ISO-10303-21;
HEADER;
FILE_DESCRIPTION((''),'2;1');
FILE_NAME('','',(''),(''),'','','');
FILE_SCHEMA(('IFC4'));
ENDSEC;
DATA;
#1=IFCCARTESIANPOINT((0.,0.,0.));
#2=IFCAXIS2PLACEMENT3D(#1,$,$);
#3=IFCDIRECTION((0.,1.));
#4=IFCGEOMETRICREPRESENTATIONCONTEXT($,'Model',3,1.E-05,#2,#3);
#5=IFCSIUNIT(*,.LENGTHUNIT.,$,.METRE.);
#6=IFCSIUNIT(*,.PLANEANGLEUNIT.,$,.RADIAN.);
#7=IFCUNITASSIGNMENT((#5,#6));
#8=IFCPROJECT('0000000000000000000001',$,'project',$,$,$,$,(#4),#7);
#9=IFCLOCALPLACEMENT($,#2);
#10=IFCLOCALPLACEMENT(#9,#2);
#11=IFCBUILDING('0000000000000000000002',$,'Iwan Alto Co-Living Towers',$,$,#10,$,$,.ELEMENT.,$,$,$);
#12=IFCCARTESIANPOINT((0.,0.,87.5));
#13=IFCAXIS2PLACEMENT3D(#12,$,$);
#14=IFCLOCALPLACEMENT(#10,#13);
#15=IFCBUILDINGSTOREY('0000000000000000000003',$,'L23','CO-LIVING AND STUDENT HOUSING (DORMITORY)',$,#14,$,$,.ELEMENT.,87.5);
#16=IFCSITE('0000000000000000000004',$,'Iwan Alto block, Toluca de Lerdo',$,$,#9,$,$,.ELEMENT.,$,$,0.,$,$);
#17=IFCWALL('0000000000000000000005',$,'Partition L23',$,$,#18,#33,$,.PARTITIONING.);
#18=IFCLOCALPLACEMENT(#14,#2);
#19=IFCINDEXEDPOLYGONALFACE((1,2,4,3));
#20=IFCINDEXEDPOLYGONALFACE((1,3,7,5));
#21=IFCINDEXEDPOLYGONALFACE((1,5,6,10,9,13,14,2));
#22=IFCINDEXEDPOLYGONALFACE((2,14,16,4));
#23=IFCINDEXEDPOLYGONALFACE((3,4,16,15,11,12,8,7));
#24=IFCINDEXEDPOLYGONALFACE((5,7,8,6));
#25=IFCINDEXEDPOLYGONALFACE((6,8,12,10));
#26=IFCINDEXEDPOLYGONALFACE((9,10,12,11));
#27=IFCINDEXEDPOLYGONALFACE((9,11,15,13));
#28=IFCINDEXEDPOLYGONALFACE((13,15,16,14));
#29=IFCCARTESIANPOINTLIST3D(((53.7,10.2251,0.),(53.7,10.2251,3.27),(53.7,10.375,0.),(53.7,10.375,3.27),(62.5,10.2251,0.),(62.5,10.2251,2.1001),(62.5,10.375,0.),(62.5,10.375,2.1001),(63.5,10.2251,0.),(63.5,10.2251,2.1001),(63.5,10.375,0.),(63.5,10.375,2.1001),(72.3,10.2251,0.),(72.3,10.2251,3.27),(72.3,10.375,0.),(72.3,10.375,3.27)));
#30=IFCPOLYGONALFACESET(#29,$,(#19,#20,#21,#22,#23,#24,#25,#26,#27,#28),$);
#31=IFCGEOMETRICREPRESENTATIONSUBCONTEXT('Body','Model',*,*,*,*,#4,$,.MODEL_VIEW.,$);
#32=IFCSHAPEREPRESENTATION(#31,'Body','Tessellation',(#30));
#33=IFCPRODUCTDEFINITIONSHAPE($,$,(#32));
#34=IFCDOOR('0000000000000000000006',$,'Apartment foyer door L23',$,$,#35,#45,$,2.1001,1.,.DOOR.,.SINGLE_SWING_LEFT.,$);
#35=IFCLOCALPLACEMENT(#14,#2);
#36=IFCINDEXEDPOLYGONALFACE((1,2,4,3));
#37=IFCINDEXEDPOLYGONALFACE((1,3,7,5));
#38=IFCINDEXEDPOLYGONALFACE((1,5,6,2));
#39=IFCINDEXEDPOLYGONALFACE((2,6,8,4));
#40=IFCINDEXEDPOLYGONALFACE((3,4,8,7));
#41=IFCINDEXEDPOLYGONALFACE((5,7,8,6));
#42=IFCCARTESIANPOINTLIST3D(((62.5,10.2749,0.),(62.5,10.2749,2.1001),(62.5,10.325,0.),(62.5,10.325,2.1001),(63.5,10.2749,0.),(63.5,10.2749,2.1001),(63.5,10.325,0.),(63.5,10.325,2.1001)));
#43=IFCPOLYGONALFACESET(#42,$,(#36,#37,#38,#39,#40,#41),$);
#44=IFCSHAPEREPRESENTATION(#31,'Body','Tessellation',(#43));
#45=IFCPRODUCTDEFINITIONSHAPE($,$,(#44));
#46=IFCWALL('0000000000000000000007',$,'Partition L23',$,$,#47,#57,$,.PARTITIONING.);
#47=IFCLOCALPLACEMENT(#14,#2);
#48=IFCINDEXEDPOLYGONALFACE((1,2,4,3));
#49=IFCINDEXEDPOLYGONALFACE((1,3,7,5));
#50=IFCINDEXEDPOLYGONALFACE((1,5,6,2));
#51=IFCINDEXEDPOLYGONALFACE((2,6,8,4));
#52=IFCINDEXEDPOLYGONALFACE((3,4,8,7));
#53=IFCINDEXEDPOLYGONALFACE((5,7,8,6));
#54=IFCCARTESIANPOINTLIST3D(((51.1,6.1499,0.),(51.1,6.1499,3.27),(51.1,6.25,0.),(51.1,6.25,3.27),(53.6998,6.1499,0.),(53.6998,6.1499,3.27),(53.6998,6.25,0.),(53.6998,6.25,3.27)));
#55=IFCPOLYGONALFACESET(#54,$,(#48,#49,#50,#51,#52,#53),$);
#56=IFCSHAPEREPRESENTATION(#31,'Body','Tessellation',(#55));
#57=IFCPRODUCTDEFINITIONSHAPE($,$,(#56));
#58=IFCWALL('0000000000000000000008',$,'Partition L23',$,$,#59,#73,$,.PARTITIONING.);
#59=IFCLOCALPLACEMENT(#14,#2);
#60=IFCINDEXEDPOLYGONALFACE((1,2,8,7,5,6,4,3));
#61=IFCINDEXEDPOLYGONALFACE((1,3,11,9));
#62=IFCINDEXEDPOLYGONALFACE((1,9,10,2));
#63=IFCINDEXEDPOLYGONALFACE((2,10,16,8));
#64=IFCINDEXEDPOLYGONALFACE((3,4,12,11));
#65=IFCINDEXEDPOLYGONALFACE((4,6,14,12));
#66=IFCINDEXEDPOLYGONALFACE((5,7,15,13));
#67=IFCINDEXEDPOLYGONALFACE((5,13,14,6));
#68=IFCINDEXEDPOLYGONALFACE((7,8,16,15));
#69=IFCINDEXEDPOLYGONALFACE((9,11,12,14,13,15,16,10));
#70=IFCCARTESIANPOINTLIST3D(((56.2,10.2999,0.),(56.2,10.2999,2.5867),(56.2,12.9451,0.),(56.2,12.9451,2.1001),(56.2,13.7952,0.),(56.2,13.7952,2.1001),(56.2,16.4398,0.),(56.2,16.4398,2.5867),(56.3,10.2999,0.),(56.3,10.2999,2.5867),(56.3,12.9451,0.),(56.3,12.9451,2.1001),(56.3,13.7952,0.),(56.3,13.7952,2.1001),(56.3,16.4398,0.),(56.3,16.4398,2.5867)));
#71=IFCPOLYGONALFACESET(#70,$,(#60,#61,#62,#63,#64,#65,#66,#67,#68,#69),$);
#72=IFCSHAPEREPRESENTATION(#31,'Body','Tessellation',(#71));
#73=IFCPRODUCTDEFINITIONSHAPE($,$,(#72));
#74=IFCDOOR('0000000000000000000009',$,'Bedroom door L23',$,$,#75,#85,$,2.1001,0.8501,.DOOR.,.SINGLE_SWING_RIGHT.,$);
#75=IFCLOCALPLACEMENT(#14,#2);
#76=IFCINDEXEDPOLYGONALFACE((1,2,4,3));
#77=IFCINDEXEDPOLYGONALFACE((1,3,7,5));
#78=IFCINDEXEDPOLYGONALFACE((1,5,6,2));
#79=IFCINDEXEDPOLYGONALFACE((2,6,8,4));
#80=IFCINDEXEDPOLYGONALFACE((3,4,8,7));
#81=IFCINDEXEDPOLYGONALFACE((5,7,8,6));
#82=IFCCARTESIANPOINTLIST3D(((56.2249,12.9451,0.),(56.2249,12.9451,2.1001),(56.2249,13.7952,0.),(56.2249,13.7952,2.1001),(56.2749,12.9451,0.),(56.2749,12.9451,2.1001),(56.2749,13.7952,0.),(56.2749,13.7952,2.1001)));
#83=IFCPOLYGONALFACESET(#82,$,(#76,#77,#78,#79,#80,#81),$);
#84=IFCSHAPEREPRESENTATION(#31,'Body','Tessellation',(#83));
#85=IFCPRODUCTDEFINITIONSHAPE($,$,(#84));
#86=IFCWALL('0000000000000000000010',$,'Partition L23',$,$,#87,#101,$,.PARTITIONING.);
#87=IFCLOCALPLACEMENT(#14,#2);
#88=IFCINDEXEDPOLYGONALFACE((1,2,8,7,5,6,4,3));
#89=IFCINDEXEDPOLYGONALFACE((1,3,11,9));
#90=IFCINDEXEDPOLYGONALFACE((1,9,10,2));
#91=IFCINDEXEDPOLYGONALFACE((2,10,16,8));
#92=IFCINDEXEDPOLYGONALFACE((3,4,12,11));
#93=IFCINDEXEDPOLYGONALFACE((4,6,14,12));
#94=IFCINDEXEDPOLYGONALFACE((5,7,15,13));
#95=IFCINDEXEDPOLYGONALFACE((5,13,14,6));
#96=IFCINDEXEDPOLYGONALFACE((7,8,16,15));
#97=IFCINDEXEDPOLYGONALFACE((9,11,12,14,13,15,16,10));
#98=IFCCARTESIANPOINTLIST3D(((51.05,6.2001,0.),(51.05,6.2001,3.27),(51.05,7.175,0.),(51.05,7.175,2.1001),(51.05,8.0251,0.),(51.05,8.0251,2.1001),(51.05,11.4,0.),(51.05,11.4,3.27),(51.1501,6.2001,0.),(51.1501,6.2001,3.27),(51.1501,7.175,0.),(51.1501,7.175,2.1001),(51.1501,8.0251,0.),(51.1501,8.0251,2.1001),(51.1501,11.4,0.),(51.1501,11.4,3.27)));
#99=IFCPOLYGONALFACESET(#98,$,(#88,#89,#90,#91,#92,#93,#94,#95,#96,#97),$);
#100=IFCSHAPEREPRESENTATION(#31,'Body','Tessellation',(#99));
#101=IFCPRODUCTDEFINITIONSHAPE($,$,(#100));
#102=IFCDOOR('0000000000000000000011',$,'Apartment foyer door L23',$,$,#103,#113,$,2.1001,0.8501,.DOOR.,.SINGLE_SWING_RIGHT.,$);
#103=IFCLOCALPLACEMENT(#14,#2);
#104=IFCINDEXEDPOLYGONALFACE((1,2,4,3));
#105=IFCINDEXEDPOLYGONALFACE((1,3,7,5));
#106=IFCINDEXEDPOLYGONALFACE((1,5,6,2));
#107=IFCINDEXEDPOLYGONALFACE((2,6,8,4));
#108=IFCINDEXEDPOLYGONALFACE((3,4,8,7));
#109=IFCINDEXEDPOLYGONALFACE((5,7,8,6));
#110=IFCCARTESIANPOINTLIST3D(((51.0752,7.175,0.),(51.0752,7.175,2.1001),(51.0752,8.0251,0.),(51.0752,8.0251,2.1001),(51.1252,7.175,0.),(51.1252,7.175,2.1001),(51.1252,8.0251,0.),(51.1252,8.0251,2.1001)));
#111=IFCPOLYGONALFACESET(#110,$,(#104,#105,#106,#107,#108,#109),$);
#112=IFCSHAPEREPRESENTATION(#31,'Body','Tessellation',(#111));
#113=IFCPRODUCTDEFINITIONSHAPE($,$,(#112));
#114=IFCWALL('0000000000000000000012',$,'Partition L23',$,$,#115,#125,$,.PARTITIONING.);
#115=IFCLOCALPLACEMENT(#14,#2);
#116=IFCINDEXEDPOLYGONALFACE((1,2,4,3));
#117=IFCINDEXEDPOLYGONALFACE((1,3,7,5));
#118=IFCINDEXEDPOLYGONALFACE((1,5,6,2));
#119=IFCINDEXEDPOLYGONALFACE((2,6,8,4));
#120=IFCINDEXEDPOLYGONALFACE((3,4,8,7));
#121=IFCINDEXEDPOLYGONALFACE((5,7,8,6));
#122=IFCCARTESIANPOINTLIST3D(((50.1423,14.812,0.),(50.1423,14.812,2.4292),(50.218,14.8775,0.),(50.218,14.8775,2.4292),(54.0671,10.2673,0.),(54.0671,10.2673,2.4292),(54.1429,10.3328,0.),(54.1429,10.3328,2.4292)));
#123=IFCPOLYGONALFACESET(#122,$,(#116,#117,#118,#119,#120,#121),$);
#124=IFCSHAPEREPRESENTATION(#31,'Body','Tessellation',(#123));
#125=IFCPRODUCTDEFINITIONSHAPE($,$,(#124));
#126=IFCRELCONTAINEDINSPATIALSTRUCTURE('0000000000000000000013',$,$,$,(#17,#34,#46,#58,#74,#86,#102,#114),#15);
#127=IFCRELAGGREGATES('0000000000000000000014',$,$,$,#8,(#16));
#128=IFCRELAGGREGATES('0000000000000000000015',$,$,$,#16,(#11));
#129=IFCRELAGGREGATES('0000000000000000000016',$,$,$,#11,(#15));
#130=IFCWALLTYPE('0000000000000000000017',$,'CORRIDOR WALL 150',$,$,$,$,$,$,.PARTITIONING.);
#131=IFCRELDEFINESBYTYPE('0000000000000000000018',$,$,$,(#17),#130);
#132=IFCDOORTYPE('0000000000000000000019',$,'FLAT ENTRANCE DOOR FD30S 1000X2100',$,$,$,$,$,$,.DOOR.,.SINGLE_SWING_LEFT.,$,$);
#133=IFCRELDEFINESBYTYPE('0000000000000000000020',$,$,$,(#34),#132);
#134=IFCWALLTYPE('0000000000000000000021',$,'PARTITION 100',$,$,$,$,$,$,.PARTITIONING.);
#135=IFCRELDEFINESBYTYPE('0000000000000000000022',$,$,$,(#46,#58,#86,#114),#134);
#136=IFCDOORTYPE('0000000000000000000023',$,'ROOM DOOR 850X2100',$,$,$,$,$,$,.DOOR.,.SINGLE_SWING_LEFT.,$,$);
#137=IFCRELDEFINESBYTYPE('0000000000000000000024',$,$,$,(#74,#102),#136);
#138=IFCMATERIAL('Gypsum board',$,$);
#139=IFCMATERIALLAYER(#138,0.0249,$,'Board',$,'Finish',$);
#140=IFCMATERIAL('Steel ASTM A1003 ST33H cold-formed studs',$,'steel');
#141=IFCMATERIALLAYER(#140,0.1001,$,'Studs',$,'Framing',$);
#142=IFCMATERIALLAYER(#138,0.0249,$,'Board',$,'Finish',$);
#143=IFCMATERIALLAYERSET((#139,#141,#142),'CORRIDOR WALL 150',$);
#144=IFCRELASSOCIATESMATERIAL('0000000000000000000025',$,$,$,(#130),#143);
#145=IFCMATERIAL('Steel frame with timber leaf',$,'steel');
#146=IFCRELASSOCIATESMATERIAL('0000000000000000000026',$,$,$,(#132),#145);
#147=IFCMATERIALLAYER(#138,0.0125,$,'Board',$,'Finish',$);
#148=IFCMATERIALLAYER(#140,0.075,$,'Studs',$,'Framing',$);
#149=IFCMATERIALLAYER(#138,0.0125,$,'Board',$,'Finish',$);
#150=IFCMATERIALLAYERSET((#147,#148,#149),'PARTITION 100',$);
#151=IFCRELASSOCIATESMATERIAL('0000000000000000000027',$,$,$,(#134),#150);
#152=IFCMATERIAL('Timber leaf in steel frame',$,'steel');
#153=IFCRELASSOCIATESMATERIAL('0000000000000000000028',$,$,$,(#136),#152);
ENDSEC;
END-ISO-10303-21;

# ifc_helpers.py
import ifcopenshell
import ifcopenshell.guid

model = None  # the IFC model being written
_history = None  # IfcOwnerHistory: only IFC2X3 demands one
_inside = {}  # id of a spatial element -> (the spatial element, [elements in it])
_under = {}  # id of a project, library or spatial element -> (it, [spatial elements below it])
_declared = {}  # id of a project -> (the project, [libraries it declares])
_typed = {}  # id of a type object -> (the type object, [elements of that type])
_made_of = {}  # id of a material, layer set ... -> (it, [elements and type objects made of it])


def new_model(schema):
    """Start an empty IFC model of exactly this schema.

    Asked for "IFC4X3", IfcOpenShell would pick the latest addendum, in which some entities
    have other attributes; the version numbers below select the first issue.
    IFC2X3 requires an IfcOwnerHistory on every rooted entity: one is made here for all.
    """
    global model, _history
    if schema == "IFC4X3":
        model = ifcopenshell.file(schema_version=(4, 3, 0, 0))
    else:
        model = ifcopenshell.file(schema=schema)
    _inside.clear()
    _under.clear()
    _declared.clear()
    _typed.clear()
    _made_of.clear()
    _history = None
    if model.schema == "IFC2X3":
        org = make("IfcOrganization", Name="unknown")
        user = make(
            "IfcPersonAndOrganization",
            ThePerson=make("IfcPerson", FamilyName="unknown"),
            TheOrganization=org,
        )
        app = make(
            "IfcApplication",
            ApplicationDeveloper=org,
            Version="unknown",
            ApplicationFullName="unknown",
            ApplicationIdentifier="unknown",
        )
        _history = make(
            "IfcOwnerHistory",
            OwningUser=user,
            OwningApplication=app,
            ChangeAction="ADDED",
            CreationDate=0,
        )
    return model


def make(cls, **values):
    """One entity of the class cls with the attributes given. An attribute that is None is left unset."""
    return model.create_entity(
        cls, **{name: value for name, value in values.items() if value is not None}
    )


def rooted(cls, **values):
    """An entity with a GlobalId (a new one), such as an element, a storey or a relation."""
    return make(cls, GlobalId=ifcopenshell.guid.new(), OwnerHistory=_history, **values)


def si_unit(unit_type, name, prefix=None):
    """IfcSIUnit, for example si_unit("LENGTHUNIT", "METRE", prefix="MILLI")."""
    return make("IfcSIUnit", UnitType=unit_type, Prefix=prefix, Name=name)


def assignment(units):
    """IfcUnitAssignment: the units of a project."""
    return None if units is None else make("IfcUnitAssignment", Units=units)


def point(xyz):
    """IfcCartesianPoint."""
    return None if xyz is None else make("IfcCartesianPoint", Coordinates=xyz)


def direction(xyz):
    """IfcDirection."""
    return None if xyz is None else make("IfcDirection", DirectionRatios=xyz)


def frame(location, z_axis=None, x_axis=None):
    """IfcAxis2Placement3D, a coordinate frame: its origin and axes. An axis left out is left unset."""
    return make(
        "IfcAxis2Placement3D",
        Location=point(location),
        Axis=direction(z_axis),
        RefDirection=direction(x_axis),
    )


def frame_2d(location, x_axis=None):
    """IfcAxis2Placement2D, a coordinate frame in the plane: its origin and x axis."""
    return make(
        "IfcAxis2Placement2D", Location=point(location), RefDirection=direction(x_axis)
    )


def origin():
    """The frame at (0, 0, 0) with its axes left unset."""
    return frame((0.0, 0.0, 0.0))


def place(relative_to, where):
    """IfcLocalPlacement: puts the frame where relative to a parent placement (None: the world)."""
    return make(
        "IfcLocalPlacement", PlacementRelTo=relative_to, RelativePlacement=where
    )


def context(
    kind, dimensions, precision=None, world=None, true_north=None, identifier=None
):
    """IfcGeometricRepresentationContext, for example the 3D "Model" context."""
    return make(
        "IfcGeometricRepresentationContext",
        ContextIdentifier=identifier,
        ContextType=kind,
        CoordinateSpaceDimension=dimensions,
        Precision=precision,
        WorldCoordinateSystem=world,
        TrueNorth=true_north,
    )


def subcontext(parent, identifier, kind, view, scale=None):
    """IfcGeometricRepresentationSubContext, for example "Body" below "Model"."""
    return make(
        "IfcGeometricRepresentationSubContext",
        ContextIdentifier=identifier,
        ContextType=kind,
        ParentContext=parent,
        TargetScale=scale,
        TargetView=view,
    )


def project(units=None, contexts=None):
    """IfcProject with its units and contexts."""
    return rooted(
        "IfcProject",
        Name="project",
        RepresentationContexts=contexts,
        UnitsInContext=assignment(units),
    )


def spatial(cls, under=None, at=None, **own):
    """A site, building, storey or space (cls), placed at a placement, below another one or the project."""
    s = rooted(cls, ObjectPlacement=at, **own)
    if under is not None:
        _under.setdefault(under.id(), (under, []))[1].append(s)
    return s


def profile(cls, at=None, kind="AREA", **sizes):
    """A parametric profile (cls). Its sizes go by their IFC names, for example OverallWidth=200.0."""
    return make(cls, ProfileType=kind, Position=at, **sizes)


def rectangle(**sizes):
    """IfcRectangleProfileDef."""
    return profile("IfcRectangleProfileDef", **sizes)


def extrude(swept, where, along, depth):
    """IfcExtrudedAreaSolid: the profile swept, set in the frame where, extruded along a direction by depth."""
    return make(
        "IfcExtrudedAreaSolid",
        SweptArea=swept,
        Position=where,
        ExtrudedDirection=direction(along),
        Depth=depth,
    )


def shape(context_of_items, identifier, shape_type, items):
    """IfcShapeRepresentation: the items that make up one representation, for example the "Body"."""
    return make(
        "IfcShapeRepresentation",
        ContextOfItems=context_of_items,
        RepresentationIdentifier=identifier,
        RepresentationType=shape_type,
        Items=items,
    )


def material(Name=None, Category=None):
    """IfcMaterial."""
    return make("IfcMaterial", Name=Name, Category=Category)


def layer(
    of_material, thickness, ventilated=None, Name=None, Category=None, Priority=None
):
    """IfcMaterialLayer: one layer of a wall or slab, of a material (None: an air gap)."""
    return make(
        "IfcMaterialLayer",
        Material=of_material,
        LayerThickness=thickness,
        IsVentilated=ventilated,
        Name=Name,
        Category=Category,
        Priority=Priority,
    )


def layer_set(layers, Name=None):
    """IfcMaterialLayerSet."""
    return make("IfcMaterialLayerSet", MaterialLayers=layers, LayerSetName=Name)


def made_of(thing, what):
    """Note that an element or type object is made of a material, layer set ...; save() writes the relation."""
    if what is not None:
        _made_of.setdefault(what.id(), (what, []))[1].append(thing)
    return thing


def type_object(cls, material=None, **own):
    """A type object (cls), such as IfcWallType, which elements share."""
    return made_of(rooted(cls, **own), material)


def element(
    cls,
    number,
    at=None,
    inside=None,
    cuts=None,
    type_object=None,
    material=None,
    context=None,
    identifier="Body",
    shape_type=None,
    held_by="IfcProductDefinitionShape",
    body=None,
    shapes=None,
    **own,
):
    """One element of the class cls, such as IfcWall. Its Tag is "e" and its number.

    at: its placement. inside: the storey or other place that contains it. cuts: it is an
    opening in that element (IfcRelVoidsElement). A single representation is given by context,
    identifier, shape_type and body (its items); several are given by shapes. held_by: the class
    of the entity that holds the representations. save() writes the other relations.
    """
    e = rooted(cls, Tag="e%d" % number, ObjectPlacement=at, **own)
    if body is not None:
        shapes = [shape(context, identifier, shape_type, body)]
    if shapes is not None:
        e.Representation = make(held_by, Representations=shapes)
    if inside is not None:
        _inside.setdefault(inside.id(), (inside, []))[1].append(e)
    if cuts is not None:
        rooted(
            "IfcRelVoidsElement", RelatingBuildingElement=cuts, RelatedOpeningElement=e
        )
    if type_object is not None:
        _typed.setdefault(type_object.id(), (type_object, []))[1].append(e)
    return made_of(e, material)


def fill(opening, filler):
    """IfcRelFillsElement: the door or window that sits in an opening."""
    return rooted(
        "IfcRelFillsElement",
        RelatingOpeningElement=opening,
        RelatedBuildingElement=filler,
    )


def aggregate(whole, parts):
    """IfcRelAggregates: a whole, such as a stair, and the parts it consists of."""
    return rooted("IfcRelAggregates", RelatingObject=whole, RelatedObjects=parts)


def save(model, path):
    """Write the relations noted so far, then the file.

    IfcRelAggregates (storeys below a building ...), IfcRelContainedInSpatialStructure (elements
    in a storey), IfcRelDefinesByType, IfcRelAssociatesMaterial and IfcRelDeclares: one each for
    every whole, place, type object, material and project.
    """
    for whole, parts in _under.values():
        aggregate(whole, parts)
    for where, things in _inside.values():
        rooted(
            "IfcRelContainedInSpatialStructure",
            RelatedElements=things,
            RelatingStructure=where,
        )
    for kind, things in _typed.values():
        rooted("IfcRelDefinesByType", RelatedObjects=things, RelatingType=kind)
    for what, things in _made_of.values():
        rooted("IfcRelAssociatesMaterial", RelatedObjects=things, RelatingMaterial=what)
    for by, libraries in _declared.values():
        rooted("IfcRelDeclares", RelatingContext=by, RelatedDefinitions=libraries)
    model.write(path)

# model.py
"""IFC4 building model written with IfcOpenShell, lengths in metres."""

from ifc_helpers import new_model, si_unit, direction, frame, frame_2d, origin, place, context, subcontext, project, spatial, rectangle, extrude, material, layer, layer_set, type_object, element, fill, save


model = new_model("IFC4")

# Units and contexts
model_context = context("Model", 3, precision=1e-05, world=origin(), true_north=direction((0.0, 1.0)))
body_context = subcontext(model_context, "Body", "Model", "MODEL_VIEW")
ifc_project = project(units=[si_unit("LENGTHUNIT", "METRE"), si_unit("PLANEANGLEUNIT", "RADIAN")], contexts=[model_context])

# Site, building, storey
site_placement = place(None, origin())
site = spatial("IfcSite", under=ifc_project, at=site_placement, Name="Iwan Alto block, Toluca de Lerdo", CompositionType="ELEMENT", RefElevation=0.0)
building_placement = place(site_placement, origin())
building = spatial("IfcBuilding", under=site, at=building_placement, Name="Iwan Alto Co-Living Towers", CompositionType="ELEMENT")
storey_placement = place(building_placement, frame((0.0, 0.0, 87.5)))
storey = spatial("IfcBuildingStorey", under=building, at=storey_placement, Name="L23", Description="CO-LIVING AND STUDENT HOUSING (DORMITORY)", CompositionType="ELEMENT", Elevation=87.5)

# Wall, opening, door
ifc_material_1 = material(Name="Gypsum board")
ifc_layer_1 = layer(ifc_material_1, 0.0249, Name="Board", Category="Finish")
ifc_material_2 = material(Name="Steel ASTM A1003 ST33H cold-formed studs", Category="steel")
ifc_layer_2 = layer(ifc_material_2, 0.1001, Name="Studs", Category="Framing")
ifc_layer_3 = layer(ifc_material_1, 0.0249, Name="Board", Category="Finish")
ifc_layer_set_1 = layer_set([ifc_layer_1, ifc_layer_2, ifc_layer_3], Name="CORRIDOR WALL 150")
wall_type_1 = type_object("IfcWallType", Name="CORRIDOR WALL 150", PredefinedType="PARTITIONING", material=ifc_layer_set_1)
wall_1_placement = place(storey_placement, frame((53.7, 10.3, 0.0), z_axis=(0.0, 0.0, 1.0), x_axis=(1.0, 0.0, 0.0)))
wall_1 = element("IfcWall", 1, at=wall_1_placement, inside=storey, type_object=wall_type_1, Name="Partition L23", PredefinedType="PARTITIONING", context=body_context, shape_type="SweptSolid", body=[
    extrude(rectangle(XDim=18.6001, YDim=0.1499, at=frame_2d((9.3, 0.0))), origin(), (0.0, 0.0, 1.0), 3.27),
])
opening_1_placement = place(wall_1_placement, frame((8.8, 0.0, 0.0)))
opening_1 = element("IfcOpeningElement", 2, at=opening_1_placement, cuts=wall_1, PredefinedType="OPENING", context=body_context, shape_type="SweptSolid", body=[
    extrude(rectangle(XDim=1.0, YDim=2.1001, at=frame_2d((0.5, 1.05))), frame((0.0, 0.085, 0.0), z_axis=(0.0, -1.0, 0.0), x_axis=(1.0, 0.0, 0.0)), (0.0, 0.0, 1.0), 0.1699),
])
ifc_material_3 = material(Name="Steel frame with timber leaf", Category="steel")
door_type_1 = type_object("IfcDoorType", Name="FLAT ENTRANCE DOOR FD30S 1000X2100", OperationType="SINGLE_SWING_LEFT", PredefinedType="DOOR", material=ifc_material_3)
door_1_placement = place(opening_1_placement, origin())
door_1 = element("IfcDoor", 3, at=door_1_placement, inside=storey, type_object=door_type_1, Name="Apartment foyer door L23", OperationType="SINGLE_SWING_LEFT", OverallHeight=2.1001, OverallWidth=1.0, PredefinedType="DOOR", context=body_context, shape_type="SweptSolid", body=[
    extrude(rectangle(XDim=1.0, YDim=2.1001, at=frame_2d((0.5, 1.05))), frame((0.0, 0.0249, 0.0), z_axis=(0.0, -1.0, 0.0), x_axis=(1.0, 0.0, 0.0)), (0.0, 0.0, 1.0), 0.05),
])
fill(opening_1, door_1)

# Wall
ifc_layer_4 = layer(ifc_material_1, 0.0125, Name="Board", Category="Finish")
ifc_layer_5 = layer(ifc_material_2, 0.075, Name="Studs", Category="Framing")
ifc_layer_6 = layer(ifc_material_1, 0.0125, Name="Board", Category="Finish")
ifc_layer_set_2 = layer_set([ifc_layer_4, ifc_layer_5, ifc_layer_6], Name="PARTITION 100")
wall_type_2 = type_object("IfcWallType", Name="PARTITION 100", PredefinedType="PARTITIONING", material=ifc_layer_set_2)
wall_2_placement = place(storey_placement, frame((51.1001, 6.2, 0.0), z_axis=(0.0, 0.0, 1.0), x_axis=(1.0, 0.0, 0.0)))
element("IfcWall", 4, at=wall_2_placement, inside=storey, type_object=wall_type_2, Name="Partition L23", PredefinedType="PARTITIONING", context=body_context, shape_type="SweptSolid", body=[
    extrude(rectangle(XDim=2.5999, YDim=0.1001, at=frame_2d((1.2998, 0.0))), origin(), (0.0, 0.0, 1.0), 3.27),
])

# Walls, openings, doors
wall_3_placement = place(storey_placement, frame((56.25, 10.3, 0.0), z_axis=(0.0, 0.0, 1.0), x_axis=(0.0, 1.0, 0.0)))
wall_3 = element("IfcWall", 5, at=wall_3_placement, inside=storey, type_object=wall_type_2, Name="Partition L23", PredefinedType="PARTITIONING", context=body_context, shape_type="SweptSolid", body=[
    extrude(rectangle(XDim=6.1399, YDim=0.1001, at=frame_2d((3.0698, 0.0))), origin(), (0.0, 0.0, 1.0), 2.5867),
])
opening_2_placement = place(wall_3_placement, frame((2.645, 0.0, 0.0)))
opening_2 = element("IfcOpeningElement", 6, at=opening_2_placement, cuts=wall_3, PredefinedType="OPENING", context=body_context, shape_type="SweptSolid", body=[
    extrude(rectangle(XDim=0.8501, YDim=2.1001, at=frame_2d((0.425, 1.05))), frame((0.0, 0.0601, 0.0), z_axis=(0.0, -1.0, 0.0), x_axis=(1.0, 0.0, 0.0)), (0.0, 0.0, 1.0), 0.1201),
])
ifc_material_4 = material(Name="Timber leaf in steel frame", Category="steel")
door_type_2 = type_object("IfcDoorType", Name="ROOM DOOR 850X2100", OperationType="SINGLE_SWING_LEFT", PredefinedType="DOOR", material=ifc_material_4)
door_2_placement = place(opening_2_placement, frame((0.8501, 0.0, 0.0), z_axis=(0.0, 0.0, 1.0), x_axis=(-1.0, 0.0, 0.0)))
door_2 = element("IfcDoor", 7, at=door_2_placement, inside=storey, type_object=door_type_2, Name="Bedroom door L23", OperationType="SINGLE_SWING_RIGHT", OverallHeight=2.1001, OverallWidth=0.8501, PredefinedType="DOOR", context=body_context, shape_type="SweptSolid", body=[
    extrude(rectangle(XDim=0.8501, YDim=2.1001, at=frame_2d((0.425, 1.05))), frame((0.0, 0.0249, 0.0), z_axis=(0.0, -1.0, 0.0), x_axis=(1.0, 0.0, 0.0)), (0.0, 0.0, 1.0), 0.05),
])
fill(opening_2, door_2)
wall_4_placement = place(storey_placement, frame((51.1001, 6.2, 0.0), z_axis=(0.0, 0.0, 1.0), x_axis=(0.0, 1.0, 0.0)))
wall_4 = element("IfcWall", 8, at=wall_4_placement, inside=storey, type_object=wall_type_2, Name="Partition L23", PredefinedType="PARTITIONING", context=body_context, shape_type="SweptSolid", body=[
    extrude(rectangle(XDim=5.2, YDim=0.1001, at=frame_2d((2.6001, 0.0))), origin(), (0.0, 0.0, 1.0), 3.27),
])
opening_3_placement = place(wall_4_placement, frame((0.9751, 0.0, 0.0)))
opening_3 = element("IfcOpeningElement", 9, at=opening_3_placement, cuts=wall_4, PredefinedType="OPENING", context=body_context, shape_type="SweptSolid", body=[
    extrude(rectangle(XDim=0.8501, YDim=2.1001, at=frame_2d((0.425, 1.05))), frame((0.0, 0.0601, 0.0), z_axis=(0.0, -1.0, 0.0), x_axis=(1.0, 0.0, 0.0)), (0.0, 0.0, 1.0), 0.1201),
])
door_3_placement = place(opening_3_placement, origin())
door_3 = element("IfcDoor", 10, at=door_3_placement, inside=storey, type_object=door_type_2, Name="Apartment foyer door L23", OperationType="SINGLE_SWING_RIGHT", OverallHeight=2.1001, OverallWidth=0.8501, PredefinedType="DOOR", context=body_context, shape_type="SweptSolid", body=[
    extrude(rectangle(XDim=0.8501, YDim=2.1001, at=frame_2d((0.425, 1.05))), frame((0.0, 0.0249, 0.0), z_axis=(0.0, -1.0, 0.0), x_axis=(1.0, 0.0, 0.0)), (0.0, 0.0, 1.0), 0.05),
])
fill(opening_3, door_3)

# Wall
wall_5_placement = place(storey_placement, frame((54.105, 10.3, 0.0), z_axis=(0.0, 0.0, 1.0), x_axis=(-0.653606, 0.756835, 0.0)))
element("IfcWall", 11, at=wall_5_placement, inside=storey, type_object=wall_type_2, Name="Partition L23", PredefinedType="PARTITIONING", context=body_context, shape_type="SweptSolid", body=[
    extrude(rectangle(XDim=6.0049, YDim=0.1001, at=frame_2d((3.0024, 0.0))), origin(), (0.0, 0.0, 1.0), 2.4292),
])

save(model, "model.ifc")
